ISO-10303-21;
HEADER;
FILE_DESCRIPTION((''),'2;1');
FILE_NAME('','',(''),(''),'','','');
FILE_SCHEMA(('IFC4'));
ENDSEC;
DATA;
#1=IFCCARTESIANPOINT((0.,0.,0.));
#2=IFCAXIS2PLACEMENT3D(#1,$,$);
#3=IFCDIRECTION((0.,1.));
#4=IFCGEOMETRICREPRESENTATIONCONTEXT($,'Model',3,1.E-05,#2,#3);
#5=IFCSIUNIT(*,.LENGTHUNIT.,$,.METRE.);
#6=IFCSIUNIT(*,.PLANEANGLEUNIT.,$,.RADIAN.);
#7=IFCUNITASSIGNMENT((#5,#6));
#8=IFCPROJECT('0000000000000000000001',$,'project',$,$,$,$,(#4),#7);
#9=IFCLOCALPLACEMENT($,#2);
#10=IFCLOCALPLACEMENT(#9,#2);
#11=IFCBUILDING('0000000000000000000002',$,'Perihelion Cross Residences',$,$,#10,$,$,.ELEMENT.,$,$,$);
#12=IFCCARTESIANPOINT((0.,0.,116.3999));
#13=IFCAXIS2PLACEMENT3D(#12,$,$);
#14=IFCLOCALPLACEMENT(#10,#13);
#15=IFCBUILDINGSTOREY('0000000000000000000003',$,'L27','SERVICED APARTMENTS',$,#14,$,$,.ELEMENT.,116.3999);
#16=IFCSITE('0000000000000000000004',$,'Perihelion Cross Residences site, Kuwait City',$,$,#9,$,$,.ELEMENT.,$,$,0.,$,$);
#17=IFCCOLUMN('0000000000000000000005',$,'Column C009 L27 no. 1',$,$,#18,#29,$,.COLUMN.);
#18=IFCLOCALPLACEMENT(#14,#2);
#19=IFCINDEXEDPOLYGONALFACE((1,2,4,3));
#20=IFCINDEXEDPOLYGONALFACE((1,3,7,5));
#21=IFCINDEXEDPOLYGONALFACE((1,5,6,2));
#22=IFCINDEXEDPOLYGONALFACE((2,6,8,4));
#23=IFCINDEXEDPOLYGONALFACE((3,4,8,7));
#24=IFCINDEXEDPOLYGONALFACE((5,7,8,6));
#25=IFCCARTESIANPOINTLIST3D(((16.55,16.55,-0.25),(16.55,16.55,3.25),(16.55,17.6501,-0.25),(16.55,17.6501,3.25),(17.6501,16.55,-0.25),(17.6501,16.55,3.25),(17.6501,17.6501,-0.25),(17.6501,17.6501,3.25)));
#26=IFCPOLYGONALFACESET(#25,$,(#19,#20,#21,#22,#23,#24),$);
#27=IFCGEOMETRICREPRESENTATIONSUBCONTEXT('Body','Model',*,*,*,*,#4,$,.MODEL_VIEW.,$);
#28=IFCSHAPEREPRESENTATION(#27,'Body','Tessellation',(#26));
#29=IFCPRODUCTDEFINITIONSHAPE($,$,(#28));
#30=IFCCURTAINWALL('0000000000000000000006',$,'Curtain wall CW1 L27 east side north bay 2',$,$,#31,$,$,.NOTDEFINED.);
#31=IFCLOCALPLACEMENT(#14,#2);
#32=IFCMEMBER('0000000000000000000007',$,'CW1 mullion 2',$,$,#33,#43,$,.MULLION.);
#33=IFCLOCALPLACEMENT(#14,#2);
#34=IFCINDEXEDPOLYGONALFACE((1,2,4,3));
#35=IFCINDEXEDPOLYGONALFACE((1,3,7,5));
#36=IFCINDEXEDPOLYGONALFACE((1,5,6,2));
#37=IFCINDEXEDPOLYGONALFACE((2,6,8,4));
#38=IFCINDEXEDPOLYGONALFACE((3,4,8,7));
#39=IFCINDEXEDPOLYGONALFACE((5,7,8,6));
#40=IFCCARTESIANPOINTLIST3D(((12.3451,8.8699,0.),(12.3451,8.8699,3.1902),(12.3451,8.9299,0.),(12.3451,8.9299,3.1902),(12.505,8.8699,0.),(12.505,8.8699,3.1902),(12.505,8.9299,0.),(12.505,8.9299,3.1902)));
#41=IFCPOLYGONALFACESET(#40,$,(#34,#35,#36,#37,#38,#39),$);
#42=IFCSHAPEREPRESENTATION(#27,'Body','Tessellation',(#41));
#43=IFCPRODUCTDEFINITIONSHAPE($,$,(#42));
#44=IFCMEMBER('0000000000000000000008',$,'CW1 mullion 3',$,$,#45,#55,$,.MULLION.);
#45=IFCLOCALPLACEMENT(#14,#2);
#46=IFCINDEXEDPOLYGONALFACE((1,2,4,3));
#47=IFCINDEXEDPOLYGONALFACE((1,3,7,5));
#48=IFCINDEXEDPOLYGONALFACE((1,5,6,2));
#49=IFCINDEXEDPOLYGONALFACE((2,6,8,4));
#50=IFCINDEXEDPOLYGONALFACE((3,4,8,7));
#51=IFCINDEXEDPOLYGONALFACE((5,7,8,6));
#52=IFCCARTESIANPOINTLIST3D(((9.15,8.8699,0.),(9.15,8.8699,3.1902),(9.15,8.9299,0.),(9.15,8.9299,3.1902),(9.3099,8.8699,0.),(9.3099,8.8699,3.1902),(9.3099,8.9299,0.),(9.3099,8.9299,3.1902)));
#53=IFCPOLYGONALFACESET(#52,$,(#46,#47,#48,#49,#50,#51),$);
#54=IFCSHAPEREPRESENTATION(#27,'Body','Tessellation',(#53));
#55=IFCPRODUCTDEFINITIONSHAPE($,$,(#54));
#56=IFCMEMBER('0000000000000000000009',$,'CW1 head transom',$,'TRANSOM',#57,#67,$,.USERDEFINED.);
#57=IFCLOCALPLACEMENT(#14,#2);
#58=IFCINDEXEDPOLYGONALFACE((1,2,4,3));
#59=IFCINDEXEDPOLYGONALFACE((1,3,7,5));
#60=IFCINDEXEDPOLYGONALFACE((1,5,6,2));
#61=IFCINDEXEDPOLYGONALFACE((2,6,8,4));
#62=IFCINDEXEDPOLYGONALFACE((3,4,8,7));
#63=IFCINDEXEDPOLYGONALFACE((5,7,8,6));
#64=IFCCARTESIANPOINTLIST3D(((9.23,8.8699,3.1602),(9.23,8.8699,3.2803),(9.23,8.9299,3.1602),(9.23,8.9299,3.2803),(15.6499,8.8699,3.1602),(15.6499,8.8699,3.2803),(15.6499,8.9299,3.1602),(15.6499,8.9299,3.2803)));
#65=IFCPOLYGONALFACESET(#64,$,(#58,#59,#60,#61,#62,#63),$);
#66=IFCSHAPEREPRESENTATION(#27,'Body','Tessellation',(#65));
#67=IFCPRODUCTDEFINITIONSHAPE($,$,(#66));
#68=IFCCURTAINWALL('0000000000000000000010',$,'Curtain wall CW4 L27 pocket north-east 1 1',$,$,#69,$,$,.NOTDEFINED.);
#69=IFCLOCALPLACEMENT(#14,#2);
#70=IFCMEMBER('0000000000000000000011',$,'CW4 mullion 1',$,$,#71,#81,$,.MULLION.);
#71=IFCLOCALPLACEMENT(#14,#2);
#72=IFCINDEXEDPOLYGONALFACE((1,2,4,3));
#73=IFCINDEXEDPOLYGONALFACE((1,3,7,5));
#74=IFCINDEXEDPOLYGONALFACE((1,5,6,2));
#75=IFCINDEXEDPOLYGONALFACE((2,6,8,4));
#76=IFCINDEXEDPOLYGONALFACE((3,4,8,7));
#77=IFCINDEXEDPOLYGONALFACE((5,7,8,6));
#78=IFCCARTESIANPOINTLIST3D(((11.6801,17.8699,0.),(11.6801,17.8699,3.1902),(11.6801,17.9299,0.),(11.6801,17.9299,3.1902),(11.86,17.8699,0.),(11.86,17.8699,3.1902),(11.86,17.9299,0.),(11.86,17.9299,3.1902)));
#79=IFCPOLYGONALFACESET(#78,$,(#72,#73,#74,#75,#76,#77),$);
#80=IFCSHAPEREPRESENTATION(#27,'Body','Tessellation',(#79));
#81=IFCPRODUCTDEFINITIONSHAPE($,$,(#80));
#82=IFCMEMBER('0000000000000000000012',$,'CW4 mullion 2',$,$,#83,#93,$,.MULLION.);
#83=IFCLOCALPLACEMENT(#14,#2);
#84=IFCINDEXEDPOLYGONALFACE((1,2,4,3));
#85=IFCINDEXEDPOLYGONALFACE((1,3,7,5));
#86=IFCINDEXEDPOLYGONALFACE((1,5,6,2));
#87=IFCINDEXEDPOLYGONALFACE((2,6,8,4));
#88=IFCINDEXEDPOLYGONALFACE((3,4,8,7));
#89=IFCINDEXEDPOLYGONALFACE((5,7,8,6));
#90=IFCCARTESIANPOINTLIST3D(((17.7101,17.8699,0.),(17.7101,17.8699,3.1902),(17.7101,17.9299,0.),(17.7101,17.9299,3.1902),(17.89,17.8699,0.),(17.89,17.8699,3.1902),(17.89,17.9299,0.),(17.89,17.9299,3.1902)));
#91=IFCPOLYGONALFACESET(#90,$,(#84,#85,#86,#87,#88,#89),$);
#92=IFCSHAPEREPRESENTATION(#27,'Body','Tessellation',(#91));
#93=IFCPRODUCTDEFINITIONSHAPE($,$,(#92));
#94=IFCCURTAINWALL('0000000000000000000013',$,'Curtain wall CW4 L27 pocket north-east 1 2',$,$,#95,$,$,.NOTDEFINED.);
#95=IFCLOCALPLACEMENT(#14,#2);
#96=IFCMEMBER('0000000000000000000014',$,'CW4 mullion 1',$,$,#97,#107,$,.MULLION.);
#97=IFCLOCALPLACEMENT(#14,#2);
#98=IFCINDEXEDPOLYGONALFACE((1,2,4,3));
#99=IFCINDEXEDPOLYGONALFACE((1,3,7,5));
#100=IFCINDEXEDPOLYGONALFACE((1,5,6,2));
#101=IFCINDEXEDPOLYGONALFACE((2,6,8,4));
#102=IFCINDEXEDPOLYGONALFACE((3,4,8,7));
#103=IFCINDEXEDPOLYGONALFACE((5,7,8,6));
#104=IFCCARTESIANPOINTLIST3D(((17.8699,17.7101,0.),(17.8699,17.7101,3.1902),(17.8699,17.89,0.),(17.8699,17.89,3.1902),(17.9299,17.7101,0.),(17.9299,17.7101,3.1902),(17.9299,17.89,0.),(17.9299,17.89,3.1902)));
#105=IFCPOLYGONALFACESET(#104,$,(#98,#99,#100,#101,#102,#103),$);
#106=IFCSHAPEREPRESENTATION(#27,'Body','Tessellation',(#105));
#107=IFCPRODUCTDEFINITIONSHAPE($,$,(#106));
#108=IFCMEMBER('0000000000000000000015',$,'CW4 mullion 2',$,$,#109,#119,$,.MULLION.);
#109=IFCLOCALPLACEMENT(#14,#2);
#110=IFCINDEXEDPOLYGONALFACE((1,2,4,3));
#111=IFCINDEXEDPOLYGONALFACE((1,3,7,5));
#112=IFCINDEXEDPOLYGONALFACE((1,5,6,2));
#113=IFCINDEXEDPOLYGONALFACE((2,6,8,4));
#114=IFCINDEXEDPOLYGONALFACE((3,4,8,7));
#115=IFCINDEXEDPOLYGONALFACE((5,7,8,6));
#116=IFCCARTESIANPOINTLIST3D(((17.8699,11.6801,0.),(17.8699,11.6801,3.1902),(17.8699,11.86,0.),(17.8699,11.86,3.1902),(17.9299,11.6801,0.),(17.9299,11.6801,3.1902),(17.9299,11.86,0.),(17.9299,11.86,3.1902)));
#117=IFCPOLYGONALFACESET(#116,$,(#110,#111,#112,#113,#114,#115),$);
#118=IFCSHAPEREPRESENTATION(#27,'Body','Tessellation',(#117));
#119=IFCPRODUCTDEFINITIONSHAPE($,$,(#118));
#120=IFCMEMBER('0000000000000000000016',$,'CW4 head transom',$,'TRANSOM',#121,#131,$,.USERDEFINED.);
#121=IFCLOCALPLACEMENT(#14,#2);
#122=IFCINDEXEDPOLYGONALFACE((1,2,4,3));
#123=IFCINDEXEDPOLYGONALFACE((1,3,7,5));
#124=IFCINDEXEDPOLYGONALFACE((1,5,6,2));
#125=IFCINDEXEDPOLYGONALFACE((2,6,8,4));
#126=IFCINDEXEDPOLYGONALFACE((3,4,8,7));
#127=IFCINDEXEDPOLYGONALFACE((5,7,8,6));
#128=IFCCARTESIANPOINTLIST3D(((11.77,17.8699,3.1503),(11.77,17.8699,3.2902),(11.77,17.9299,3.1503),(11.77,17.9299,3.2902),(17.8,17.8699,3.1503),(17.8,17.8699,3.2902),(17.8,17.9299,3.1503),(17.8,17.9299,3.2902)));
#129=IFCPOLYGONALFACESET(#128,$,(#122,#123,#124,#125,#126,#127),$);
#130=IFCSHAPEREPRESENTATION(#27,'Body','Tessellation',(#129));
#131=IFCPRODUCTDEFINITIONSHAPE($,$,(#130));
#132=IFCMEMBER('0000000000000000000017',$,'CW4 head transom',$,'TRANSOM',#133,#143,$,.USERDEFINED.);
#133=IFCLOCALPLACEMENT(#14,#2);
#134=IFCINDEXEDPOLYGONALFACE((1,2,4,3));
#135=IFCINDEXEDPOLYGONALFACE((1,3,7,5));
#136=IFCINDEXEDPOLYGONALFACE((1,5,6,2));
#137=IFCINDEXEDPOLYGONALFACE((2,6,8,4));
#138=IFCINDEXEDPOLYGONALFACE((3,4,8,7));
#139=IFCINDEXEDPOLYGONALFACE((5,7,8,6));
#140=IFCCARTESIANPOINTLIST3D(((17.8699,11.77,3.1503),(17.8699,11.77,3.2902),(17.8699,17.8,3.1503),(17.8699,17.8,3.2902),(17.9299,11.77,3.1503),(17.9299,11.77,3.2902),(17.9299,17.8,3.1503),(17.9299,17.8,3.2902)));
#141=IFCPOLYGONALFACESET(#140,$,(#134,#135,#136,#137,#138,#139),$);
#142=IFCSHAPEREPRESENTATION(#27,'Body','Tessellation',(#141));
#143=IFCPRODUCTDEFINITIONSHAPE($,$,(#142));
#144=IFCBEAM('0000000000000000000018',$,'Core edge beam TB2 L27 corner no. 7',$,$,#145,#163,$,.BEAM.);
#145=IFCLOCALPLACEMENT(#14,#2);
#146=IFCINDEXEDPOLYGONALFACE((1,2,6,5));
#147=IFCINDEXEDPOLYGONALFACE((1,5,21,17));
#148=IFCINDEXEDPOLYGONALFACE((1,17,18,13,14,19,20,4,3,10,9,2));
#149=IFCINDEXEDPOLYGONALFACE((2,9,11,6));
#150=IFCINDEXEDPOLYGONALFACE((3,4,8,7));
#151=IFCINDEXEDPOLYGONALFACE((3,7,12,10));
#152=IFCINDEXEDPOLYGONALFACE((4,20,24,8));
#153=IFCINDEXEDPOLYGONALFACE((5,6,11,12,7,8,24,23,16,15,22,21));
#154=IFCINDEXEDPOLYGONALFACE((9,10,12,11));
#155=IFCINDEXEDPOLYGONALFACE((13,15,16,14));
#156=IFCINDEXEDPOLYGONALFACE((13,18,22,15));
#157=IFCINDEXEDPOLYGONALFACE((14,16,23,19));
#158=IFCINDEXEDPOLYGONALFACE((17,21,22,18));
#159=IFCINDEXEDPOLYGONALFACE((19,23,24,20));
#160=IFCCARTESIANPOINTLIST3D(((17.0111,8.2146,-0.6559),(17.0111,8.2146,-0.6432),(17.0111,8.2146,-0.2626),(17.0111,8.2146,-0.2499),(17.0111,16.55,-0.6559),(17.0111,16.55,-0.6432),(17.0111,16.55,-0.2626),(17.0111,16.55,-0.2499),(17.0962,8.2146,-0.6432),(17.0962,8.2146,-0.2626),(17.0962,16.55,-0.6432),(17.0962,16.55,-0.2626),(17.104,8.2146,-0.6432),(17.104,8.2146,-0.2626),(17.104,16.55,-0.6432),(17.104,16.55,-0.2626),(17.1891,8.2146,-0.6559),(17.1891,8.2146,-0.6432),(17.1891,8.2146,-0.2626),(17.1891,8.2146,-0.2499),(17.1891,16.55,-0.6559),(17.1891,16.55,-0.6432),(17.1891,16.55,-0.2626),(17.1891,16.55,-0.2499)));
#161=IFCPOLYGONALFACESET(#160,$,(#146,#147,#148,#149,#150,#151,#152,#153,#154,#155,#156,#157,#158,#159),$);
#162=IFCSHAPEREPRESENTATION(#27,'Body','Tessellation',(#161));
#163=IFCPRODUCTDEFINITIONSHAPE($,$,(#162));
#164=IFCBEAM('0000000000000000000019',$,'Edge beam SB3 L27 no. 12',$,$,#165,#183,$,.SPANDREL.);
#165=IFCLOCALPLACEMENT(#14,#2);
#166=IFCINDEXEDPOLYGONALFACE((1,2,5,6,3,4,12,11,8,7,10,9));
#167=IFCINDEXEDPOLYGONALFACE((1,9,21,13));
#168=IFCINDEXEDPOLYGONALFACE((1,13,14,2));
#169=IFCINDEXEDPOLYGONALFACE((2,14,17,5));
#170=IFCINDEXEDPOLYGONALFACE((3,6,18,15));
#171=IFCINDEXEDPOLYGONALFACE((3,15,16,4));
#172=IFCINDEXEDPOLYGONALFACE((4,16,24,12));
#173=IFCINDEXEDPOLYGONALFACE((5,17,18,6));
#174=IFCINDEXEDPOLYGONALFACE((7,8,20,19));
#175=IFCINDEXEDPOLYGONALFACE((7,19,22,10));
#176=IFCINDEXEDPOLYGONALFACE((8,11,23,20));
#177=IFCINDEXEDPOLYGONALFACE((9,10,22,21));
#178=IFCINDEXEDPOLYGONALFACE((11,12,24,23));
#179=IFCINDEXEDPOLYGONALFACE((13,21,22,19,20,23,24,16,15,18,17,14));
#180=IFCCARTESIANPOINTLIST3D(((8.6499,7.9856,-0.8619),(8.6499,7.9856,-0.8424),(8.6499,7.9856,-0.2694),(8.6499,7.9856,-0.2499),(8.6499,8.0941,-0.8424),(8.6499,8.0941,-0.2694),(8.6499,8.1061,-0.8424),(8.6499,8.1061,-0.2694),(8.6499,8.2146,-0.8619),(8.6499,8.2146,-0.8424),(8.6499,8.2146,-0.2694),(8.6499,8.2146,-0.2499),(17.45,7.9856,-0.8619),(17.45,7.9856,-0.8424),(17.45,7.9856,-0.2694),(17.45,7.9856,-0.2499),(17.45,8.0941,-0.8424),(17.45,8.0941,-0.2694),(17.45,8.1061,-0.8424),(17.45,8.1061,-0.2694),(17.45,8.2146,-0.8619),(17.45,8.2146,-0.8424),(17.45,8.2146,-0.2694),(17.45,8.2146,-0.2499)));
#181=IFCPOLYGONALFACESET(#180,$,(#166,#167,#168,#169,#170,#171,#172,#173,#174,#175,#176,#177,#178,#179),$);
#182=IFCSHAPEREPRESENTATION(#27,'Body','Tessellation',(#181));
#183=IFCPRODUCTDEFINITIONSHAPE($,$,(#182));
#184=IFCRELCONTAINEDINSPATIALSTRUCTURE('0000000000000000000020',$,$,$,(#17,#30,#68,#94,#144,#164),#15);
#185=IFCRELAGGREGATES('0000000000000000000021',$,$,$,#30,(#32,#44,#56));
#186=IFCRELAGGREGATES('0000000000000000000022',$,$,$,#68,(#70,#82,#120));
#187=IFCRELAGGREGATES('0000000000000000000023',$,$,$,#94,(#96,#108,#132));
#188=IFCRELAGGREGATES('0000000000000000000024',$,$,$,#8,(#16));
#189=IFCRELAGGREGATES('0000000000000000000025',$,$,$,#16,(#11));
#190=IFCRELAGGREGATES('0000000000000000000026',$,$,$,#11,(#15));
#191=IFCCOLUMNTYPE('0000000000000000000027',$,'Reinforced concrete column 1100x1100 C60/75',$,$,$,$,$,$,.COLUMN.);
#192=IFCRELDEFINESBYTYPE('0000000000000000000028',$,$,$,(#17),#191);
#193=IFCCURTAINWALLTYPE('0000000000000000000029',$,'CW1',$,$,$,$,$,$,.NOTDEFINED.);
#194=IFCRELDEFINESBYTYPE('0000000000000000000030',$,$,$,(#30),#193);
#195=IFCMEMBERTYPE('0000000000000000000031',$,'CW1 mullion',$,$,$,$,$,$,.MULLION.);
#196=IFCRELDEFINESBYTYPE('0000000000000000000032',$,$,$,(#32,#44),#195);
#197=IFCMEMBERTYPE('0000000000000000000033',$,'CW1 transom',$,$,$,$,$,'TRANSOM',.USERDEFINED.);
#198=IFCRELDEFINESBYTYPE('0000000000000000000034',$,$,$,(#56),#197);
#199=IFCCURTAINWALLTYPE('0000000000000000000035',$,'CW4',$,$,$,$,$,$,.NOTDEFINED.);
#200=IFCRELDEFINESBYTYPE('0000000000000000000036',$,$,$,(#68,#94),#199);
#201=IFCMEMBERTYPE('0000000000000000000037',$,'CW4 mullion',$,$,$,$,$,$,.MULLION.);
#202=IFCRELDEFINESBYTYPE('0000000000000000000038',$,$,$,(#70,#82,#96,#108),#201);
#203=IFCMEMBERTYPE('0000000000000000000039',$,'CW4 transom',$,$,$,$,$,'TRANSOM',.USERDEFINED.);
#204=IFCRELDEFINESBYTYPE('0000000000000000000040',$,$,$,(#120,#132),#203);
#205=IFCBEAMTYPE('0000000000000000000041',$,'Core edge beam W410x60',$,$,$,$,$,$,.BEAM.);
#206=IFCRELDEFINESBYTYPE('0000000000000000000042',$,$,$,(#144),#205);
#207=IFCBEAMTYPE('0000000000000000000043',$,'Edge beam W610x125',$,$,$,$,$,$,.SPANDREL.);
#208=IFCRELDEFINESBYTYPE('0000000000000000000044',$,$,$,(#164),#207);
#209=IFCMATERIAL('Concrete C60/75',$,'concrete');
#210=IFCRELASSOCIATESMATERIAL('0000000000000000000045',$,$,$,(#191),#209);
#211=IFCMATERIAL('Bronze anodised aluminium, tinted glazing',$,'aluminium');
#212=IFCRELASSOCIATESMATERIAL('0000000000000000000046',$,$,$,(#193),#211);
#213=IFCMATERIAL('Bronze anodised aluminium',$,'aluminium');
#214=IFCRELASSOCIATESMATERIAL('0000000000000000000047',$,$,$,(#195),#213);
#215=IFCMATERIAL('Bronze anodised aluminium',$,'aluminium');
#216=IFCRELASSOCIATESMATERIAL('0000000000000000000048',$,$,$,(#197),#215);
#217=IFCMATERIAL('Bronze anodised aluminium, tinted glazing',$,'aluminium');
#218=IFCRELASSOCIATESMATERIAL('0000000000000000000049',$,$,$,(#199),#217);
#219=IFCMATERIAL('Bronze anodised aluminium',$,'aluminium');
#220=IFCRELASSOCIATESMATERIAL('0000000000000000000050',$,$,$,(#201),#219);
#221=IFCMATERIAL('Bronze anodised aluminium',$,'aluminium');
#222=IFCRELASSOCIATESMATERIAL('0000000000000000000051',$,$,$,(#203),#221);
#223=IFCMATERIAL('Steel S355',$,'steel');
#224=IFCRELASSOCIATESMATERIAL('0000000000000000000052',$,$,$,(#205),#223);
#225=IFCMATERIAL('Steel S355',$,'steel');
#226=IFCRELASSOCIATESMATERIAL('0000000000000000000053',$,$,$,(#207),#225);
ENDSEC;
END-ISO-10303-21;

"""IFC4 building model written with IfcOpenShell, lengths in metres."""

from ifc_helpers import new_model, si_unit, direction, frame, origin, origin_2d, place, context, subcontext, project, spatial, rectangle, i_section, extrude, material, material_profile, profile_set, type_object, element, aggregate, save


model = new_model("IFC4")

# Units and contexts
model_context = context("Model", 3, precision=1e-05, world=origin(), true_north=direction((0.0, 1.0)))
body_context = subcontext(model_context, "Body", "Model", "MODEL_VIEW")
ifc_project = project(units=[si_unit("LENGTHUNIT", "METRE"), si_unit("PLANEANGLEUNIT", "RADIAN")], contexts=[model_context])

# Site, building, storey
site_placement = place(None, origin())
site = spatial("IfcSite", under=ifc_project, at=site_placement, Name="Perihelion Cross Residences site, Kuwait City", CompositionType="ELEMENT", RefElevation=0.0)
building_placement = place(site_placement, origin())
building = spatial("IfcBuilding", under=site, at=building_placement, Name="Perihelion Cross Residences", CompositionType="ELEMENT")
storey_placement = place(building_placement, frame((0.0, 0.0, 116.3999)))
storey = spatial("IfcBuildingStorey", under=building, at=storey_placement, Name="L27", Description="SERVICED APARTMENTS", CompositionType="ELEMENT", Elevation=116.3999)

# Column
ifc_material_1 = material(Name="Concrete C60/75", Category="concrete")
ifc_material_profile_1 = material_profile(ifc_material_1, rectangle(XDim=1.1001, YDim=1.1001, at=origin_2d()), Name="RC 1100x1100")
ifc_profile_set_1 = profile_set([ifc_material_profile_1], Name="Concrete C60/75")
column_type = type_object("IfcColumnType", Name="Reinforced concrete column 1100x1100 C60/75", PredefinedType="COLUMN", material=ifc_profile_set_1)
column_placement = place(storey_placement, frame((17.1001, 17.1001, -0.25), z_axis=(0.0, 0.0, 1.0), x_axis=(1.0, 0.0, 0.0)))
element("IfcColumn", 1, at=column_placement, inside=storey, type_object=column_type, Name="Column C009 L27 no. 1", PredefinedType="COLUMN", context=body_context, shape_type="SweptSolid", body=[
    extrude(rectangle(XDim=1.1001, YDim=1.1001, at=origin_2d()), origin(), (0.0, 0.0, 1.0), 3.5),
])

# Curtain walls, members
ifc_material_2 = material(Name="Bronze anodised aluminium, tinted glazing", Category="aluminium")
curtain_wall_type_1 = type_object("IfcCurtainWallType", Name="CW1", PredefinedType="NOTDEFINED", material=ifc_material_2)
curtain_wall_1_placement = place(storey_placement, origin())
curtain_wall_1 = element("IfcCurtainWall", 2, at=curtain_wall_1_placement, inside=storey, type_object=curtain_wall_type_1, Name="Curtain wall CW1 L27 east side north bay 2", PredefinedType="NOTDEFINED")
ifc_material_3 = material(Name="Bronze anodised aluminium", Category="aluminium")
ifc_material_profile_2 = material_profile(ifc_material_3, rectangle(XDim=0.0601, YDim=0.1599, at=origin_2d()), Name="CW1 mullion")
ifc_profile_set_2 = profile_set([ifc_material_profile_2], Name="Bronze anodised aluminium")
member_type_1 = type_object("IfcMemberType", Name="CW1 mullion", PredefinedType="MULLION", material=ifc_profile_set_2)
member_1_placement = place(storey_placement, frame((12.425, 8.8999, 0.0), z_axis=(0.0, 0.0, 1.0), x_axis=(0.0, -1.0, 0.0)))
member_1 = element("IfcMember", 3, at=member_1_placement, type_object=member_type_1, Name="CW1 mullion 2", PredefinedType="MULLION", context=body_context, shape_type="SweptSolid", body=[
    extrude(rectangle(XDim=0.0601, YDim=0.1599, at=origin_2d()), origin(), (0.0, 0.0, 1.0), 3.1902),
])
member_2_placement = place(storey_placement, frame((9.23, 8.8999, 0.0), z_axis=(0.0, 0.0, 1.0), x_axis=(0.0, -1.0, 0.0)))
member_2 = element("IfcMember", 4, at=member_2_placement, type_object=member_type_1, Name="CW1 mullion 3", PredefinedType="MULLION", context=body_context, shape_type="SweptSolid", body=[
    extrude(rectangle(XDim=0.0601, YDim=0.1599, at=origin_2d()), origin(), (0.0, 0.0, 1.0), 3.1902),
])
ifc_material_4 = material(Name="Bronze anodised aluminium", Category="aluminium")
ifc_material_profile_3 = material_profile(ifc_material_4, rectangle(XDim=0.0601, YDim=0.1201, at=origin_2d()), Name="CW1 transom")
ifc_profile_set_3 = profile_set([ifc_material_profile_3], Name="Bronze anodised aluminium")
member_type_2 = type_object("IfcMemberType", Name="CW1 transom", ElementType="TRANSOM", PredefinedType="USERDEFINED", material=ifc_profile_set_3)
member_3_placement = place(storey_placement, frame((15.6499, 8.8999, 3.2202), z_axis=(-1.0, 0.0, 0.0), x_axis=(0.0, -1.0, 0.0)))
member_3 = element("IfcMember", 5, at=member_3_placement, type_object=member_type_2, Name="CW1 head transom", ObjectType="TRANSOM", PredefinedType="USERDEFINED", context=body_context, shape_type="SweptSolid", body=[
    extrude(rectangle(XDim=0.0601, YDim=0.1201, at=origin_2d()), origin(), (0.0, 0.0, 1.0), 6.4199),
])
ifc_material_5 = material(Name="Bronze anodised aluminium, tinted glazing", Category="aluminium")
curtain_wall_type_2 = type_object("IfcCurtainWallType", Name="CW4", PredefinedType="NOTDEFINED", material=ifc_material_5)
curtain_wall_2_placement = place(storey_placement, origin())
curtain_wall_2 = element("IfcCurtainWall", 6, at=curtain_wall_2_placement, inside=storey, type_object=curtain_wall_type_2, Name="Curtain wall CW4 L27 pocket north-east 1 1", PredefinedType="NOTDEFINED")
ifc_material_6 = material(Name="Bronze anodised aluminium", Category="aluminium")
ifc_material_profile_4 = material_profile(ifc_material_6, rectangle(XDim=0.0601, YDim=0.1799, at=origin_2d()), Name="CW4 mullion")
ifc_profile_set_4 = profile_set([ifc_material_profile_4], Name="Bronze anodised aluminium")
member_type_3 = type_object("IfcMemberType", Name="CW4 mullion", PredefinedType="MULLION", material=ifc_profile_set_4)
member_4_placement = place(storey_placement, frame((11.77, 17.8999, 0.0), z_axis=(0.0, 0.0, 1.0), x_axis=(0.0, 1.0, 0.0)))
member_4 = element("IfcMember", 7, at=member_4_placement, type_object=member_type_3, Name="CW4 mullion 1", PredefinedType="MULLION", context=body_context, shape_type="SweptSolid", body=[
    extrude(rectangle(XDim=0.0601, YDim=0.1799, at=origin_2d()), origin(), (0.0, 0.0, 1.0), 3.1902),
])
member_5_placement = place(storey_placement, frame((17.8, 17.8999, 0.0), z_axis=(0.0, 0.0, 1.0), x_axis=(0.0, 1.0, 0.0)))
member_5 = element("IfcMember", 8, at=member_5_placement, type_object=member_type_3, Name="CW4 mullion 2", PredefinedType="MULLION", context=body_context, shape_type="SweptSolid", body=[
    extrude(rectangle(XDim=0.0601, YDim=0.1799, at=origin_2d()), origin(), (0.0, 0.0, 1.0), 3.1902),
])
curtain_wall_3_placement = place(storey_placement, origin())
curtain_wall_3 = element("IfcCurtainWall", 9, at=curtain_wall_3_placement, inside=storey, type_object=curtain_wall_type_2, Name="Curtain wall CW4 L27 pocket north-east 1 2", PredefinedType="NOTDEFINED")
member_6_placement = place(storey_placement, frame((17.8999, 17.8, 0.0), z_axis=(0.0, 0.0, 1.0), x_axis=(1.0, 0.0, 0.0)))
member_6 = element("IfcMember", 10, at=member_6_placement, type_object=member_type_3, Name="CW4 mullion 1", PredefinedType="MULLION", context=body_context, shape_type="SweptSolid", body=[
    extrude(rectangle(XDim=0.0601, YDim=0.1799, at=origin_2d()), origin(), (0.0, 0.0, 1.0), 3.1902),
])
member_7_placement = place(storey_placement, frame((17.8999, 11.77, 0.0), z_axis=(0.0, 0.0, 1.0), x_axis=(1.0, 0.0, 0.0)))
member_7 = element("IfcMember", 11, at=member_7_placement, type_object=member_type_3, Name="CW4 mullion 2", PredefinedType="MULLION", context=body_context, shape_type="SweptSolid", body=[
    extrude(rectangle(XDim=0.0601, YDim=0.1799, at=origin_2d()), origin(), (0.0, 0.0, 1.0), 3.1902),
])

# Members
ifc_material_7 = material(Name="Bronze anodised aluminium", Category="aluminium")
ifc_material_profile_5 = material_profile(ifc_material_7, rectangle(XDim=0.0601, YDim=0.1399, at=origin_2d()), Name="CW4 transom")
ifc_profile_set_5 = profile_set([ifc_material_profile_5], Name="Bronze anodised aluminium")
member_type_4 = type_object("IfcMemberType", Name="CW4 transom", ElementType="TRANSOM", PredefinedType="USERDEFINED", material=ifc_profile_set_5)
member_8_placement = place(storey_placement, frame((11.77, 17.8999, 3.2202), z_axis=(1.0, 0.0, 0.0), x_axis=(0.0, 1.0, 0.0)))
member_8 = element("IfcMember", 12, at=member_8_placement, type_object=member_type_4, Name="CW4 head transom", ObjectType="TRANSOM", PredefinedType="USERDEFINED", context=body_context, shape_type="SweptSolid", body=[
    extrude(rectangle(XDim=0.0601, YDim=0.1399, at=origin_2d()), origin(), (0.0, 0.0, 1.0), 6.03),
])
member_9_placement = place(storey_placement, frame((17.8999, 17.8, 3.2202), z_axis=(0.0, -1.0, 0.0), x_axis=(1.0, 0.0, 0.0)))
member_9 = element("IfcMember", 13, at=member_9_placement, type_object=member_type_4, Name="CW4 head transom", ObjectType="TRANSOM", PredefinedType="USERDEFINED", context=body_context, shape_type="SweptSolid", body=[
    extrude(rectangle(XDim=0.0601, YDim=0.1399, at=origin_2d()), origin(), (0.0, 0.0, 1.0), 6.03),
])

# Beams
ifc_material_8 = material(Name="Steel S355", Category="steel")
ifc_material_profile_6 = material_profile(ifc_material_8, i_section(OverallWidth=0.178, OverallDepth=0.406, WebThickness=0.0078, FlangeThickness=0.0127, at=origin_2d()), Name="W410x60")
ifc_profile_set_6 = profile_set([ifc_material_profile_6], Name="Steel S355")
beam_type_1 = type_object("IfcBeamType", Name="Core edge beam W410x60", PredefinedType="BEAM", material=ifc_profile_set_6)
beam_1_placement = place(storey_placement, frame((17.1001, 8.2146, -0.4529), z_axis=(0.0, 1.0, 0.0), x_axis=(-1.0, 0.0, 0.0)))
element("IfcBeam", 14, at=beam_1_placement, inside=storey, type_object=beam_type_1, Name="Core edge beam TB2 L27 corner no. 7", PredefinedType="BEAM", context=body_context, shape_type="SweptSolid", body=[
    extrude(i_section(OverallWidth=0.178, OverallDepth=0.406, WebThickness=0.0078, FlangeThickness=0.0127, at=origin_2d()), origin(), (0.0, 0.0, 1.0), 8.3354),
])
ifc_material_9 = material(Name="Steel S355", Category="steel")
ifc_material_profile_7 = material_profile(ifc_material_9, i_section(OverallWidth=0.229, OverallDepth=0.6121, WebThickness=0.012, FlangeThickness=0.0195, at=origin_2d()), Name="W610x125")
ifc_profile_set_7 = profile_set([ifc_material_profile_7], Name="Steel S355")
beam_type_2 = type_object("IfcBeamType", Name="Edge beam W610x125", PredefinedType="SPANDREL", material=ifc_profile_set_7)
beam_2_placement = place(storey_placement, frame((17.45, 8.1001, -0.5559), z_axis=(-1.0, 0.0, 0.0), x_axis=(0.0, -1.0, 0.0)))
element("IfcBeam", 15, at=beam_2_placement, inside=storey, type_object=beam_type_2, Name="Edge beam SB3 L27 no. 12", PredefinedType="SPANDREL", context=body_context, shape_type="SweptSolid", body=[
    extrude(i_section(OverallWidth=0.229, OverallDepth=0.6121, WebThickness=0.012, FlangeThickness=0.0195, at=origin_2d()), origin(), (0.0, 0.0, 1.0), 8.8),
])

aggregate(curtain_wall_1, [member_1, member_2, member_3])
aggregate(curtain_wall_2, [member_4, member_5, member_8])
aggregate(curtain_wall_3, [member_6, member_7, member_9])

save(model, "model.ifc")
